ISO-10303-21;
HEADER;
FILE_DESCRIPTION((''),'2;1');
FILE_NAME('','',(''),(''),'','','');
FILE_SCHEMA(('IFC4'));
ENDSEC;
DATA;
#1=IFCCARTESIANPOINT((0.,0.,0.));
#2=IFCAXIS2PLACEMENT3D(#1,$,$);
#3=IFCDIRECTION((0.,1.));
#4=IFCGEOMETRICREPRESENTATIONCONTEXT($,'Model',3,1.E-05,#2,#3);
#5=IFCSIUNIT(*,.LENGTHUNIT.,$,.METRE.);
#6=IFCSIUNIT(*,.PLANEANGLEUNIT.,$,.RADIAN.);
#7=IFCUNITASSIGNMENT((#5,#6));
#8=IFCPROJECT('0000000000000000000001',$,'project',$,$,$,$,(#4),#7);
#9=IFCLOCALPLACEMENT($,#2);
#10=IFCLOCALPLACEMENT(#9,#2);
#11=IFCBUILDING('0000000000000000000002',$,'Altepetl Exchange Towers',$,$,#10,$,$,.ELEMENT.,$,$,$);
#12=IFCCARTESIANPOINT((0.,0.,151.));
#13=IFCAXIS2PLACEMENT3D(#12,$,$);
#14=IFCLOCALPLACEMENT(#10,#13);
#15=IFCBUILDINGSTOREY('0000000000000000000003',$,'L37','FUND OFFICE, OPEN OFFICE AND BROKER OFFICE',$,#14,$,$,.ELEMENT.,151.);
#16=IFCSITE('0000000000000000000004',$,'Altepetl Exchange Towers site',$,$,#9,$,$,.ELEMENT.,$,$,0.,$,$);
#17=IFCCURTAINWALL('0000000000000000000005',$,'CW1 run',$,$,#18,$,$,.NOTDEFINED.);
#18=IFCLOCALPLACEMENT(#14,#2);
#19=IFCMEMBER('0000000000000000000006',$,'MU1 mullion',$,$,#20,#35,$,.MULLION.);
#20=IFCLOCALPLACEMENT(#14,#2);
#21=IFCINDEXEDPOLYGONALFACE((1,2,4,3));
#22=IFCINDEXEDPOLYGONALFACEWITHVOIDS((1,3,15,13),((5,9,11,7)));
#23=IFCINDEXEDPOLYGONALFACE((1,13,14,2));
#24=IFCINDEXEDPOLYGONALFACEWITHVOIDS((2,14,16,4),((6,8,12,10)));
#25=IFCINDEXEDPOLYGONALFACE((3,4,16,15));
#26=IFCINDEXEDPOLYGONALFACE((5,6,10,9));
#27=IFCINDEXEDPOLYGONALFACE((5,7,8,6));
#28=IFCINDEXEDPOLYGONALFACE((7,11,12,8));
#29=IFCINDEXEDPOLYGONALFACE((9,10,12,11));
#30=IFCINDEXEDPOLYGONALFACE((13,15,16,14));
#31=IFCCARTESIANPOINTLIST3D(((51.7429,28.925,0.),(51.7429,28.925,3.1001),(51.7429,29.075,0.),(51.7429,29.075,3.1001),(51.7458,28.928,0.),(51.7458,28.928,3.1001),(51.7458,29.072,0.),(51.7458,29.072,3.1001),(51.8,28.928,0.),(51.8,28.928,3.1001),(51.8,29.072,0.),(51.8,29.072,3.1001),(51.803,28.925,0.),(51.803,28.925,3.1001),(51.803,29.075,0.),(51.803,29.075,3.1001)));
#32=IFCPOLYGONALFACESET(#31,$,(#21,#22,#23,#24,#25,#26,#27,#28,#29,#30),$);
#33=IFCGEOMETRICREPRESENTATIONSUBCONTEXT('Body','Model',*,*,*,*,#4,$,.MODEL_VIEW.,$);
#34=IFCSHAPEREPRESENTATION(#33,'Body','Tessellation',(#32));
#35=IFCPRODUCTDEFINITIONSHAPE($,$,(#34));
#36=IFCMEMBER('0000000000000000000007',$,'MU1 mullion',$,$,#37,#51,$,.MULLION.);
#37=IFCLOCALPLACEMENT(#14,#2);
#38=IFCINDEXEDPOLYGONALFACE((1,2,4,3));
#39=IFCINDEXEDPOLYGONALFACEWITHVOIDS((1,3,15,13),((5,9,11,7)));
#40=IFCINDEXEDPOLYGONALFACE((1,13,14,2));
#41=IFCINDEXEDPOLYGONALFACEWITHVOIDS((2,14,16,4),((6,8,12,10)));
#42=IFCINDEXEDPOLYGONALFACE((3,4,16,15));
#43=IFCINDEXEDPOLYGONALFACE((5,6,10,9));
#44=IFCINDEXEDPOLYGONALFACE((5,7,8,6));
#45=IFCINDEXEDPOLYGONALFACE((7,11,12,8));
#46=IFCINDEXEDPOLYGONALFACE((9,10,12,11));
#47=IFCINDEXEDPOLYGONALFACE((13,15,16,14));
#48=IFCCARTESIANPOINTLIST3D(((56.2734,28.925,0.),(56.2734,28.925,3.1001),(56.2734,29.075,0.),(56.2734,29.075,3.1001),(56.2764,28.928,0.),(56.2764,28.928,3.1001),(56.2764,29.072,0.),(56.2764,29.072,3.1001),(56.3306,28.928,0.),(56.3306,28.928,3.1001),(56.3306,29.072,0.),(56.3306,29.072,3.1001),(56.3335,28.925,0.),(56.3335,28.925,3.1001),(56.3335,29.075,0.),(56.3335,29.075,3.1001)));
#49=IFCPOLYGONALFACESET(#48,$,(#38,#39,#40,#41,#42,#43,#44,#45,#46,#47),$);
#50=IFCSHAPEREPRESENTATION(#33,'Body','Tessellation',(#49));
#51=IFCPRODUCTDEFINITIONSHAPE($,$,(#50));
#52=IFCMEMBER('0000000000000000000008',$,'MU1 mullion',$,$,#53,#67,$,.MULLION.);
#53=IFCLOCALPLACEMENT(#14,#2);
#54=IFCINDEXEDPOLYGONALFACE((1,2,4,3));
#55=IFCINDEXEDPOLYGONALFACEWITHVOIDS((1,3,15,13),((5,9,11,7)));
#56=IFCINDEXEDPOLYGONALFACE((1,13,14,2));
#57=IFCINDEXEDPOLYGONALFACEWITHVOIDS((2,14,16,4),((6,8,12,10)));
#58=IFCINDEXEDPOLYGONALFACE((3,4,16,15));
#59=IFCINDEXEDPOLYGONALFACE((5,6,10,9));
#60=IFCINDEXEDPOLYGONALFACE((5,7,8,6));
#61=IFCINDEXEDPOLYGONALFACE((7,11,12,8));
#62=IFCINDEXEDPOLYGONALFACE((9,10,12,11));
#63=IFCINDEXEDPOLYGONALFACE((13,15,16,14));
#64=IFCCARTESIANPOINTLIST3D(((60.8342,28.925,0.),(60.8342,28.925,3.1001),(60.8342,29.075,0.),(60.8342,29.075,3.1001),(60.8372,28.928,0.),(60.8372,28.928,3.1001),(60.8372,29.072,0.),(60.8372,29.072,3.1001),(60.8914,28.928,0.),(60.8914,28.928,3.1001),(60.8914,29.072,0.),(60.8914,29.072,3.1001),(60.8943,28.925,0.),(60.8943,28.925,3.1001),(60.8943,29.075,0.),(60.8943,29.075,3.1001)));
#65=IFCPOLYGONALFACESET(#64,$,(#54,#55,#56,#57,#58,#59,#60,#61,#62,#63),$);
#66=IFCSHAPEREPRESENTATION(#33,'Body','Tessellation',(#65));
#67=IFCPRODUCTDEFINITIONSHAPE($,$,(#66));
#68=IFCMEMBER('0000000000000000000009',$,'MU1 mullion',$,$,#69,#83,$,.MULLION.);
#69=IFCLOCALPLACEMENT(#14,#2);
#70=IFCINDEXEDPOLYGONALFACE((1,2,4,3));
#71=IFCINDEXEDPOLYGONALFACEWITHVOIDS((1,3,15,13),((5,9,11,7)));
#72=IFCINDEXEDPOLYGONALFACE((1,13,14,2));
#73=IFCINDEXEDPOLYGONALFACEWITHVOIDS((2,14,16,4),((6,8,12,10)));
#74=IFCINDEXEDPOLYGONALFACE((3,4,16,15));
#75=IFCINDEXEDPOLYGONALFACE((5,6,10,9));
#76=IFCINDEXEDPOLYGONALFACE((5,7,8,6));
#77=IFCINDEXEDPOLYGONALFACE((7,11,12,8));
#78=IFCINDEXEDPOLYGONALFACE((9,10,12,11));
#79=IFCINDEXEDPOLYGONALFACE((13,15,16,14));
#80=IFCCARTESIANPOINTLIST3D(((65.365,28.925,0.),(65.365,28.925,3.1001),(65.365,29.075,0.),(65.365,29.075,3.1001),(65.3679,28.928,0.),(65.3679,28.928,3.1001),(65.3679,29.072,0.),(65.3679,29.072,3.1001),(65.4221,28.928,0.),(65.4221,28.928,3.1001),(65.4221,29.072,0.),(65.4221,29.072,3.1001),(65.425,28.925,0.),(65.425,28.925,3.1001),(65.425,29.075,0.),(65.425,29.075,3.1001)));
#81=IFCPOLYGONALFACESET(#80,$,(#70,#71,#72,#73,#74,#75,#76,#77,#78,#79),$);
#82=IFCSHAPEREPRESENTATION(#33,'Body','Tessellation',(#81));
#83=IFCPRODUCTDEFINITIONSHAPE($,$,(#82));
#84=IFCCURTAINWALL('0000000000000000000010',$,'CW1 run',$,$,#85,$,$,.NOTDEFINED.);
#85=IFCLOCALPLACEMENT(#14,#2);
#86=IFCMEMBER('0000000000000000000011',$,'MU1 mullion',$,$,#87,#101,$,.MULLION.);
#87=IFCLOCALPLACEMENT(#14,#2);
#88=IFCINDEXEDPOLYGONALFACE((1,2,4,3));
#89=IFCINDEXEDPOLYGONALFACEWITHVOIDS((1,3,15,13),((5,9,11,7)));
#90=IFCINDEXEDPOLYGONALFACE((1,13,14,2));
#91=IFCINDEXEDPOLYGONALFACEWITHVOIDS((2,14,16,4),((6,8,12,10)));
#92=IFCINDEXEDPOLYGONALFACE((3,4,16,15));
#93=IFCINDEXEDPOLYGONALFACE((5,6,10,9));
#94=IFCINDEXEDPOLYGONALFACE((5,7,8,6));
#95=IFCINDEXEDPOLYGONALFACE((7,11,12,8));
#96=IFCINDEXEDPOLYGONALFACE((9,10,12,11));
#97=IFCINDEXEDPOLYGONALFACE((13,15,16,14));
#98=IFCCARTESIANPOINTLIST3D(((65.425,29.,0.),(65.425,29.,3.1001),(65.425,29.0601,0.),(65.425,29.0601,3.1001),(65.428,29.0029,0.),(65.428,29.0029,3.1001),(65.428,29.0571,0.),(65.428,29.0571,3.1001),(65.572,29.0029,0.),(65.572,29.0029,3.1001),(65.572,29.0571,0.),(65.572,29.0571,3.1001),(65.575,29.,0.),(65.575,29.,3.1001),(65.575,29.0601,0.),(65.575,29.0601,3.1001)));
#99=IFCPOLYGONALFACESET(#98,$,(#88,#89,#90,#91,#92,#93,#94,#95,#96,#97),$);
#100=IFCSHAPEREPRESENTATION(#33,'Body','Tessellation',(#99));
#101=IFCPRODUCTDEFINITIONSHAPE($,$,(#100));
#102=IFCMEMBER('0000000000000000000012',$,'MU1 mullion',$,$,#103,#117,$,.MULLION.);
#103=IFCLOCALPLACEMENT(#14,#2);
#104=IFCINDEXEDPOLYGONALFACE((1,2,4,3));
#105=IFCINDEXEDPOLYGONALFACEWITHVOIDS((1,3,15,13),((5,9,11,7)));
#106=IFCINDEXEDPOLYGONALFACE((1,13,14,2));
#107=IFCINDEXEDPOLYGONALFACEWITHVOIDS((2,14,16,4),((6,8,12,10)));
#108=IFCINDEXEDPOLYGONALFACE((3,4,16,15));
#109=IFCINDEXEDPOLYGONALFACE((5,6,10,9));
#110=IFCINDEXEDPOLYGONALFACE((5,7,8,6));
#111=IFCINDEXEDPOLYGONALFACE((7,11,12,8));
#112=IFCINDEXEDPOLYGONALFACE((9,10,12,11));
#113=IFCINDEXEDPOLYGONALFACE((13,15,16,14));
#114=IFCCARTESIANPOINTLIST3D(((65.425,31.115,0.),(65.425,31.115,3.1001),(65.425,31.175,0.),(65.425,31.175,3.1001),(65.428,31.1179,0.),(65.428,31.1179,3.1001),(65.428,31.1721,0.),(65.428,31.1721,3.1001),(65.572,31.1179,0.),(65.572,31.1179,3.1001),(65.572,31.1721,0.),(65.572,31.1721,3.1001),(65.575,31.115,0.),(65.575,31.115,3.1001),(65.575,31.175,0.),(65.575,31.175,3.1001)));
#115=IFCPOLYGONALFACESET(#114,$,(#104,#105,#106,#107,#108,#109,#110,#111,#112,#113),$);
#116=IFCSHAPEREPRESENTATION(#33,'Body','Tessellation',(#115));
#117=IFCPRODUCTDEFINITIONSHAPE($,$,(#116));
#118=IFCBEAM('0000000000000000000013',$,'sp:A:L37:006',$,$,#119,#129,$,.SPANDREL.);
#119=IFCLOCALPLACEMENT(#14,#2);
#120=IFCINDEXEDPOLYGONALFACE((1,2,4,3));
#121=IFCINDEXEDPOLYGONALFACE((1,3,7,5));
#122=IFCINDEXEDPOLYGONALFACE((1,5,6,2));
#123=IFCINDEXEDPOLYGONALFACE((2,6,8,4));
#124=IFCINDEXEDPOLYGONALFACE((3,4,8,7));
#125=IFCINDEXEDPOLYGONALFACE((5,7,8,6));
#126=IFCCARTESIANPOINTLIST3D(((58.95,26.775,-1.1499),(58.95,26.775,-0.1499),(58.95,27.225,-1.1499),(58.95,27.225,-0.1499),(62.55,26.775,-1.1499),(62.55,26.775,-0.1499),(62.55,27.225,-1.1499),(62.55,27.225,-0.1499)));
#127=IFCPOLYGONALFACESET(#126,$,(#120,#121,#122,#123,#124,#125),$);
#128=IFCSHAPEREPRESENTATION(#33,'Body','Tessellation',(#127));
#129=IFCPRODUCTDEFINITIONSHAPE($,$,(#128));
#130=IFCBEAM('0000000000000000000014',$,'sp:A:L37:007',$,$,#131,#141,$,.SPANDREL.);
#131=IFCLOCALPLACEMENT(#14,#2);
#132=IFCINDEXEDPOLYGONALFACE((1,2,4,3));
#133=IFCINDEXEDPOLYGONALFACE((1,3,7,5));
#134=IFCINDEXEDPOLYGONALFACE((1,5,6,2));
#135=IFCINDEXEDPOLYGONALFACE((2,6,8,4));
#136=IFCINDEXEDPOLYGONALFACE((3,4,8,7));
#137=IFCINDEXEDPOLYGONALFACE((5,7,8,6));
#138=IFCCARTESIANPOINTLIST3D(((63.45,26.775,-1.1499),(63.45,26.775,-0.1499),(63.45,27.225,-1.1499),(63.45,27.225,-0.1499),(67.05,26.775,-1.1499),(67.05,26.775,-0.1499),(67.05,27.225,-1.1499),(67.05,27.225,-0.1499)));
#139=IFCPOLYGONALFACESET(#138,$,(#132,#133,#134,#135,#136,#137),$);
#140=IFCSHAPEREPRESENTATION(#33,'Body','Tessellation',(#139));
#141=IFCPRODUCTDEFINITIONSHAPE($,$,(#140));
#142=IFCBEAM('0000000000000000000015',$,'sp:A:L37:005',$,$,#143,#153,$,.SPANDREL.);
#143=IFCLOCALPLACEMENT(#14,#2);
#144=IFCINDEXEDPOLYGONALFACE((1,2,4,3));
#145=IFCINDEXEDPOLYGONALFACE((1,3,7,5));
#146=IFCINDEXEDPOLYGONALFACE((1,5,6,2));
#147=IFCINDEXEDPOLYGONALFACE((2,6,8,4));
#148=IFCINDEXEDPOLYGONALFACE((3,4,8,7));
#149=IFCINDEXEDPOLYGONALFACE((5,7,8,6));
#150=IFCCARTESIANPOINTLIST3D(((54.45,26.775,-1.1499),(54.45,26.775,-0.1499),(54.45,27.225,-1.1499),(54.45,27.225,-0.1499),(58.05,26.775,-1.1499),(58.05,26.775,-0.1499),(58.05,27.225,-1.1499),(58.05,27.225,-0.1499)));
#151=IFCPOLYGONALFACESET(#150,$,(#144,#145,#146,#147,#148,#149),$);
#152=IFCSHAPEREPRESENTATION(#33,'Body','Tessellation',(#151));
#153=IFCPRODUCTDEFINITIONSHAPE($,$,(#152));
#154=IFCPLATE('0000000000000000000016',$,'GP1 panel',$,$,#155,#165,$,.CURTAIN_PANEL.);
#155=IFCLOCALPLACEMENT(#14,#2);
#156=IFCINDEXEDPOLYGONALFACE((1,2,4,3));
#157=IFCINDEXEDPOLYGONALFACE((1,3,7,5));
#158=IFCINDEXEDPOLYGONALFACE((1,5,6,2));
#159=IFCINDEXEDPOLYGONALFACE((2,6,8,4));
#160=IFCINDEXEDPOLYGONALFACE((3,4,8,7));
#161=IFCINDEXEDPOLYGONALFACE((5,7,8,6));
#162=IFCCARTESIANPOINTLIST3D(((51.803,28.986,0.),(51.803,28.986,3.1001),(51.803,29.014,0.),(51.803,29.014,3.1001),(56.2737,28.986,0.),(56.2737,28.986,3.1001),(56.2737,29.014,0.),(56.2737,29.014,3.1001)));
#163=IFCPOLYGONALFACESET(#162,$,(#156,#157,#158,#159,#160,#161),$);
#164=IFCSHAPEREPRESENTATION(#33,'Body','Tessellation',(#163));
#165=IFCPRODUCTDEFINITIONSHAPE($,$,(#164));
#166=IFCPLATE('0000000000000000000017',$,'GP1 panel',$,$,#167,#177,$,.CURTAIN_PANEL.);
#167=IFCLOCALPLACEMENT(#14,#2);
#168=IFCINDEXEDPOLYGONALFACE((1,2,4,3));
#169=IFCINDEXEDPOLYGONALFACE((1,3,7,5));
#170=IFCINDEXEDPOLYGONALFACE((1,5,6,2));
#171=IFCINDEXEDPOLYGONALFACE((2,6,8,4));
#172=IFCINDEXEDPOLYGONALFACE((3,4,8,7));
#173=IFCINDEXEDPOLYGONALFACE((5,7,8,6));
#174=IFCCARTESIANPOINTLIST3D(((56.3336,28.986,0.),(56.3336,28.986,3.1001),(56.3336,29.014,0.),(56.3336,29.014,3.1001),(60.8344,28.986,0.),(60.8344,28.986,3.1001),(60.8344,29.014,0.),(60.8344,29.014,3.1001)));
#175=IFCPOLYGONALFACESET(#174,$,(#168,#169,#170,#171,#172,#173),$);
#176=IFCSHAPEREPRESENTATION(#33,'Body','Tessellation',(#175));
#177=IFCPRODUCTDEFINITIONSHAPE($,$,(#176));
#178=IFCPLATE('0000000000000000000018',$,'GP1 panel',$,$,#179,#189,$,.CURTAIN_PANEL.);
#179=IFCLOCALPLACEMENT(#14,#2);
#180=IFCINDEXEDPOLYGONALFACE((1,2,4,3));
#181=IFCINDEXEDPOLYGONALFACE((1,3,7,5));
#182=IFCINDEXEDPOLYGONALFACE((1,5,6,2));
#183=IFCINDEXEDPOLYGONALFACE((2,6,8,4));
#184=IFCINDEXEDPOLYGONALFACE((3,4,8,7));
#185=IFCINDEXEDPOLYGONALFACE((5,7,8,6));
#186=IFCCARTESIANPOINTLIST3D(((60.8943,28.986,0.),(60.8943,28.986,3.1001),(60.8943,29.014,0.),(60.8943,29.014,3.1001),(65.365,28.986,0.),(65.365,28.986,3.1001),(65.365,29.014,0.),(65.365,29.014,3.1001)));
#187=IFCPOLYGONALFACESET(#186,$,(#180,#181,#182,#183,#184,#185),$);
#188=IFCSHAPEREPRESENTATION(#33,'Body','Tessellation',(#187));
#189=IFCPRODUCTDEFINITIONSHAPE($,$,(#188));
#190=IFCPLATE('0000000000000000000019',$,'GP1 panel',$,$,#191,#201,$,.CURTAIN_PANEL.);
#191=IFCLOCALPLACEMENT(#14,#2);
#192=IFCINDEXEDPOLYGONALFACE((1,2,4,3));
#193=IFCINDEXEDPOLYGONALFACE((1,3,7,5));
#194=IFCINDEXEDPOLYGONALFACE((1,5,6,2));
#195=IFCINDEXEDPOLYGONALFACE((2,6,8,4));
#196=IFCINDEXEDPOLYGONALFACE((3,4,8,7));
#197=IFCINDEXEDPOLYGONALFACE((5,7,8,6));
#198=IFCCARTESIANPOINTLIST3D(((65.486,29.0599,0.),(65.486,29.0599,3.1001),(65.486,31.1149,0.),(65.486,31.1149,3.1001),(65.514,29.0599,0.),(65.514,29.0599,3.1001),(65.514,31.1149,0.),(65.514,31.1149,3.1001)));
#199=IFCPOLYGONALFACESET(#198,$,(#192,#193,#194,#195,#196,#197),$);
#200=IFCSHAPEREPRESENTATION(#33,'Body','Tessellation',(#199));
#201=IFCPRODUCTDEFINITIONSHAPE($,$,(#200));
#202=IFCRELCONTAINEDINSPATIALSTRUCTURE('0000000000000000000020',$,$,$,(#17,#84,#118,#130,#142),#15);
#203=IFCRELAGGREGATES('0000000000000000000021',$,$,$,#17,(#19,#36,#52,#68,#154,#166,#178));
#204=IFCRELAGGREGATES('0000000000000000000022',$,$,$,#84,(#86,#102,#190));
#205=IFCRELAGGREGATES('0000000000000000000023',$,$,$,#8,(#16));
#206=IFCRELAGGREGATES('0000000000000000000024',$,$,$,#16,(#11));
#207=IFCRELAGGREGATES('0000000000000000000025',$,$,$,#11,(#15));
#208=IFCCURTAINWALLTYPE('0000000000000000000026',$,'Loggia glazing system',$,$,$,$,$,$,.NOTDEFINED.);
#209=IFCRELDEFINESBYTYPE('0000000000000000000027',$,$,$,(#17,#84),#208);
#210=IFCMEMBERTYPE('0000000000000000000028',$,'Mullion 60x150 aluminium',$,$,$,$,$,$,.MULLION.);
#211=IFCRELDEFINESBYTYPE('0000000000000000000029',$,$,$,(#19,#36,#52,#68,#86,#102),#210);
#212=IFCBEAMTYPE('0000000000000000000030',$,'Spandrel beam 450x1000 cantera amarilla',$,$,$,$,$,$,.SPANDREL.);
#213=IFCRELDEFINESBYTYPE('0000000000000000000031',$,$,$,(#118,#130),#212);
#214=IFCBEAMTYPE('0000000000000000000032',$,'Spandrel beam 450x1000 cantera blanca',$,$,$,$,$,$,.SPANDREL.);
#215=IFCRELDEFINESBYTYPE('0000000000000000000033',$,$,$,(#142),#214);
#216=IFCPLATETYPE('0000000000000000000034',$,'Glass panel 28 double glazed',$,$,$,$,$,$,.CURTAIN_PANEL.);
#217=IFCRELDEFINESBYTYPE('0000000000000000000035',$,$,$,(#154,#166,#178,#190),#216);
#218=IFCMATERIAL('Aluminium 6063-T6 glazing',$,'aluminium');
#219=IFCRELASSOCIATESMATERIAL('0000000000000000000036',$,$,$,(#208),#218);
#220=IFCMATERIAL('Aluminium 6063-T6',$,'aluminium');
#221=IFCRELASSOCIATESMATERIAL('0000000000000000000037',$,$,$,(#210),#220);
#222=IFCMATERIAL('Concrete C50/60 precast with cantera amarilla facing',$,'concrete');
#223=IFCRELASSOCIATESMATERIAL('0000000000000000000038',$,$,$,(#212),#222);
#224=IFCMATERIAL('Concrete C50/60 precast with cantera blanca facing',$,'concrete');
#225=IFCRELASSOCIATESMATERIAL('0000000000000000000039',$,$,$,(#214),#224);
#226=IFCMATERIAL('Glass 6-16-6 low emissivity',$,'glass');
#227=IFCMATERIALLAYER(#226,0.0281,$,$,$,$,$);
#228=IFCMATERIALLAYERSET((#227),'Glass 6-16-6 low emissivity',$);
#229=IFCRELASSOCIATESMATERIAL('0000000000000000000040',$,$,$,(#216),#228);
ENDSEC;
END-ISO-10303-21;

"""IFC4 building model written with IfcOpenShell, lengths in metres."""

from ifc_helpers import new_model, si_unit, direction, frame, origin, origin_2d, place, context, subcontext, project, spatial, rectangle, hollow_rectangle, extrude, material, layer, layer_set, material_profile, profile_set, type_object, element, aggregate, save


model = new_model("IFC4")

# Units and contexts
model_context = context("Model", 3, precision=1e-05, world=origin(), true_north=direction((0.0, 1.0)))
body_context = subcontext(model_context, "Body", "Model", "MODEL_VIEW")
ifc_project = project(units=[si_unit("LENGTHUNIT", "METRE"), si_unit("PLANEANGLEUNIT", "RADIAN")], contexts=[model_context])

# Site, building, storey
site_placement = place(None, origin())
site = spatial("IfcSite", under=ifc_project, at=site_placement, Name="Altepetl Exchange Towers site", CompositionType="ELEMENT", RefElevation=0.0)
building_placement = place(site_placement, origin())
building = spatial("IfcBuilding", under=site, at=building_placement, Name="Altepetl Exchange Towers", CompositionType="ELEMENT")
storey_placement = place(building_placement, frame((0.0, 0.0, 151.0)))
storey = spatial("IfcBuildingStorey", under=building, at=storey_placement, Name="L37", Description="FUND OFFICE, OPEN OFFICE AND BROKER OFFICE", CompositionType="ELEMENT", Elevation=151.0)

# Curtain walls, members
ifc_material_1 = material(Name="Aluminium 6063-T6 glazing", Category="aluminium")
curtain_wall_type = type_object("IfcCurtainWallType", Name="Loggia glazing system", PredefinedType="NOTDEFINED", material=ifc_material_1)
curtain_wall_1_placement = place(storey_placement, origin())
curtain_wall_1 = element("IfcCurtainWall", 1, at=curtain_wall_1_placement, inside=storey, type_object=curtain_wall_type, Name="CW1 run", PredefinedType="NOTDEFINED")
ifc_material_2 = material(Name="Aluminium 6063-T6", Category="aluminium")
ifc_material_profile_1 = material_profile(ifc_material_2, hollow_rectangle(XDim=0.0601, YDim=0.1499, WallThickness=0.0029, at=origin_2d()), Name="Mullion 60x150 aluminium")
ifc_profile_set_1 = profile_set([ifc_material_profile_1], Name="Aluminium 6063-T6")
member_type = type_object("IfcMemberType", Name="Mullion 60x150 aluminium", PredefinedType="MULLION", material=ifc_profile_set_1)
member_1_placement = place(storey_placement, frame((51.7729, 29.0, 0.0)))
member_1 = element("IfcMember", 2, at=member_1_placement, type_object=member_type, Name="MU1 mullion", PredefinedType="MULLION", context=body_context, shape_type="SweptSolid", body=[
    extrude(hollow_rectangle(XDim=0.0601, YDim=0.1499, WallThickness=0.0029, at=origin_2d()), origin(), (0.0, 0.0, 1.0), 3.1001),
])
member_2_placement = place(storey_placement, frame((56.3035, 29.0, 0.0)))
member_2 = element("IfcMember", 3, at=member_2_placement, type_object=member_type, Name="MU1 mullion", PredefinedType="MULLION", context=body_context, shape_type="SweptSolid", body=[
    extrude(hollow_rectangle(XDim=0.0601, YDim=0.1499, WallThickness=0.0029, at=origin_2d()), origin(), (0.0, 0.0, 1.0), 3.1001),
])
member_3_placement = place(storey_placement, frame((60.8643, 29.0, 0.0)))
member_3 = element("IfcMember", 4, at=member_3_placement, type_object=member_type, Name="MU1 mullion", PredefinedType="MULLION", context=body_context, shape_type="SweptSolid", body=[
    extrude(hollow_rectangle(XDim=0.0601, YDim=0.1499, WallThickness=0.0029, at=origin_2d()), origin(), (0.0, 0.0, 1.0), 3.1001),
])
member_4_placement = place(storey_placement, frame((65.395, 29.0, 0.0)))
member_4 = element("IfcMember", 5, at=member_4_placement, type_object=member_type, Name="MU1 mullion", PredefinedType="MULLION", context=body_context, shape_type="SweptSolid", body=[
    extrude(hollow_rectangle(XDim=0.0601, YDim=0.1499, WallThickness=0.0029, at=origin_2d()), origin(), (0.0, 0.0, 1.0), 3.1001),
])
curtain_wall_2_placement = place(storey_placement, origin())
curtain_wall_2 = element("IfcCurtainWall", 6, at=curtain_wall_2_placement, inside=storey, type_object=curtain_wall_type, Name="CW1 run", PredefinedType="NOTDEFINED")
member_5_placement = place(storey_placement, frame((65.5, 29.03, 0.0), z_axis=(0.0, 0.0, 1.0), x_axis=(0.0, 1.0, 0.0)))
member_5 = element("IfcMember", 7, at=member_5_placement, type_object=member_type, Name="MU1 mullion", PredefinedType="MULLION", context=body_context, shape_type="SweptSolid", body=[
    extrude(hollow_rectangle(XDim=0.0601, YDim=0.1499, WallThickness=0.0029, at=origin_2d()), origin(), (0.0, 0.0, 1.0), 3.1001),
])
member_6_placement = place(storey_placement, frame((65.5, 31.145, 0.0), z_axis=(0.0, 0.0, 1.0), x_axis=(0.0, 1.0, 0.0)))
member_6 = element("IfcMember", 8, at=member_6_placement, type_object=member_type, Name="MU1 mullion", PredefinedType="MULLION", context=body_context, shape_type="SweptSolid", body=[
    extrude(hollow_rectangle(XDim=0.0601, YDim=0.1499, WallThickness=0.0029, at=origin_2d()), origin(), (0.0, 0.0, 1.0), 3.1001),
])

# Beams
ifc_material_3 = material(Name="Concrete C50/60 precast with cantera amarilla facing", Category="concrete")
ifc_material_profile_2 = material_profile(ifc_material_3, rectangle(XDim=0.45, YDim=1.0, at=origin_2d()), Name="450 x 1000")
ifc_profile_set_2 = profile_set([ifc_material_profile_2], Name="Concrete C50/60 precast with cantera amarilla facing")
beam_type_1 = type_object("IfcBeamType", Name="Spandrel beam 450x1000 cantera amarilla", PredefinedType="SPANDREL", material=ifc_profile_set_2)
for number, where, z_axis, x_axis, name in (
    (9, (58.95, 27.0, -0.6499), (1.0, 0.0, 0.0), (0.0, 1.0, 0.0), "sp:A:L37:006"),
    (10, (63.45, 27.0, -0.6499), (1.0, 0.0, 0.0), (0.0, 1.0, 0.0), "sp:A:L37:007"),
):
    element("IfcBeam", number, at=place(storey_placement, frame(where, z_axis=z_axis, x_axis=x_axis)), inside=storey, type_object=beam_type_1, Name=name, PredefinedType="SPANDREL", context=body_context, shape_type="SweptSolid", body=[
        extrude(rectangle(XDim=0.45, YDim=1.0, at=origin_2d()), origin(), (0.0, 0.0, 1.0), 3.6001),
    ])
ifc_material_4 = material(Name="Concrete C50/60 precast with cantera blanca facing", Category="concrete")
ifc_material_profile_3 = material_profile(ifc_material_4, rectangle(XDim=0.45, YDim=1.0, at=origin_2d()), Name="450 x 1000")
ifc_profile_set_3 = profile_set([ifc_material_profile_3], Name="Concrete C50/60 precast with cantera blanca facing")
beam_type_2 = type_object("IfcBeamType", Name="Spandrel beam 450x1000 cantera blanca", PredefinedType="SPANDREL", material=ifc_profile_set_3)
beam_1_placement = place(storey_placement, frame((54.45, 27.0, -0.6499), z_axis=(1.0, 0.0, 0.0), x_axis=(0.0, 1.0, 0.0)))
element("IfcBeam", 11, at=beam_1_placement, inside=storey, type_object=beam_type_2, Name="sp:A:L37:005", PredefinedType="SPANDREL", context=body_context, shape_type="SweptSolid", body=[
    extrude(rectangle(XDim=0.45, YDim=1.0, at=origin_2d()), origin(), (0.0, 0.0, 1.0), 3.6001),
])

# Plates
ifc_material_5 = material(Name="Glass 6-16-6 low emissivity", Category="glass")
ifc_layer_1 = layer(ifc_material_5, 0.0281)
ifc_layer_set_1 = layer_set([ifc_layer_1], Name="Glass 6-16-6 low emissivity")
plate_type = type_object("IfcPlateType", Name="Glass panel 28 double glazed", PredefinedType="CURTAIN_PANEL", material=ifc_layer_set_1)
plate_1_placement = place(storey_placement, frame((54.0383, 29.0, 0.0)))
plate_1 = element("IfcPlate", 12, at=plate_1_placement, type_object=plate_type, Name="GP1 panel", PredefinedType="CURTAIN_PANEL", context=body_context, shape_type="SweptSolid", body=[
    extrude(rectangle(XDim=4.4707, YDim=0.0281, at=origin_2d()), origin(), (0.0, 0.0, 1.0), 3.1001),
])
plate_2_placement = place(storey_placement, frame((58.584, 29.0, 0.0)))
plate_2 = element("IfcPlate", 13, at=plate_2_placement, type_object=plate_type, Name="GP1 panel", PredefinedType="CURTAIN_PANEL", context=body_context, shape_type="SweptSolid", body=[
    extrude(rectangle(XDim=4.5007, YDim=0.0281, at=origin_2d()), origin(), (0.0, 0.0, 1.0), 3.1001),
])
plate_3_placement = place(storey_placement, frame((63.1296, 29.0, 0.0)))
plate_3 = element("IfcPlate", 14, at=plate_3_placement, type_object=plate_type, Name="GP1 panel", PredefinedType="CURTAIN_PANEL", context=body_context, shape_type="SweptSolid", body=[
    extrude(rectangle(XDim=4.4707, YDim=0.0281, at=origin_2d()), origin(), (0.0, 0.0, 1.0), 3.1001),
])
aggregate(curtain_wall_1, [member_1, member_2, member_3, member_4, plate_1, plate_2, plate_3])
plate_4_placement = place(storey_placement, frame((65.5, 30.0874, 0.0), z_axis=(0.0, 0.0, 1.0), x_axis=(0.0, 1.0, 0.0)))
plate_4 = element("IfcPlate", 15, at=plate_4_placement, type_object=plate_type, Name="GP1 panel", PredefinedType="CURTAIN_PANEL", context=body_context, shape_type="SweptSolid", body=[
    extrude(rectangle(XDim=2.0549, YDim=0.0281, at=origin_2d()), origin(), (0.0, 0.0, 1.0), 3.1001),
])
aggregate(curtain_wall_2, [member_5, member_6, plate_4])

save(model, "model.ifc")
